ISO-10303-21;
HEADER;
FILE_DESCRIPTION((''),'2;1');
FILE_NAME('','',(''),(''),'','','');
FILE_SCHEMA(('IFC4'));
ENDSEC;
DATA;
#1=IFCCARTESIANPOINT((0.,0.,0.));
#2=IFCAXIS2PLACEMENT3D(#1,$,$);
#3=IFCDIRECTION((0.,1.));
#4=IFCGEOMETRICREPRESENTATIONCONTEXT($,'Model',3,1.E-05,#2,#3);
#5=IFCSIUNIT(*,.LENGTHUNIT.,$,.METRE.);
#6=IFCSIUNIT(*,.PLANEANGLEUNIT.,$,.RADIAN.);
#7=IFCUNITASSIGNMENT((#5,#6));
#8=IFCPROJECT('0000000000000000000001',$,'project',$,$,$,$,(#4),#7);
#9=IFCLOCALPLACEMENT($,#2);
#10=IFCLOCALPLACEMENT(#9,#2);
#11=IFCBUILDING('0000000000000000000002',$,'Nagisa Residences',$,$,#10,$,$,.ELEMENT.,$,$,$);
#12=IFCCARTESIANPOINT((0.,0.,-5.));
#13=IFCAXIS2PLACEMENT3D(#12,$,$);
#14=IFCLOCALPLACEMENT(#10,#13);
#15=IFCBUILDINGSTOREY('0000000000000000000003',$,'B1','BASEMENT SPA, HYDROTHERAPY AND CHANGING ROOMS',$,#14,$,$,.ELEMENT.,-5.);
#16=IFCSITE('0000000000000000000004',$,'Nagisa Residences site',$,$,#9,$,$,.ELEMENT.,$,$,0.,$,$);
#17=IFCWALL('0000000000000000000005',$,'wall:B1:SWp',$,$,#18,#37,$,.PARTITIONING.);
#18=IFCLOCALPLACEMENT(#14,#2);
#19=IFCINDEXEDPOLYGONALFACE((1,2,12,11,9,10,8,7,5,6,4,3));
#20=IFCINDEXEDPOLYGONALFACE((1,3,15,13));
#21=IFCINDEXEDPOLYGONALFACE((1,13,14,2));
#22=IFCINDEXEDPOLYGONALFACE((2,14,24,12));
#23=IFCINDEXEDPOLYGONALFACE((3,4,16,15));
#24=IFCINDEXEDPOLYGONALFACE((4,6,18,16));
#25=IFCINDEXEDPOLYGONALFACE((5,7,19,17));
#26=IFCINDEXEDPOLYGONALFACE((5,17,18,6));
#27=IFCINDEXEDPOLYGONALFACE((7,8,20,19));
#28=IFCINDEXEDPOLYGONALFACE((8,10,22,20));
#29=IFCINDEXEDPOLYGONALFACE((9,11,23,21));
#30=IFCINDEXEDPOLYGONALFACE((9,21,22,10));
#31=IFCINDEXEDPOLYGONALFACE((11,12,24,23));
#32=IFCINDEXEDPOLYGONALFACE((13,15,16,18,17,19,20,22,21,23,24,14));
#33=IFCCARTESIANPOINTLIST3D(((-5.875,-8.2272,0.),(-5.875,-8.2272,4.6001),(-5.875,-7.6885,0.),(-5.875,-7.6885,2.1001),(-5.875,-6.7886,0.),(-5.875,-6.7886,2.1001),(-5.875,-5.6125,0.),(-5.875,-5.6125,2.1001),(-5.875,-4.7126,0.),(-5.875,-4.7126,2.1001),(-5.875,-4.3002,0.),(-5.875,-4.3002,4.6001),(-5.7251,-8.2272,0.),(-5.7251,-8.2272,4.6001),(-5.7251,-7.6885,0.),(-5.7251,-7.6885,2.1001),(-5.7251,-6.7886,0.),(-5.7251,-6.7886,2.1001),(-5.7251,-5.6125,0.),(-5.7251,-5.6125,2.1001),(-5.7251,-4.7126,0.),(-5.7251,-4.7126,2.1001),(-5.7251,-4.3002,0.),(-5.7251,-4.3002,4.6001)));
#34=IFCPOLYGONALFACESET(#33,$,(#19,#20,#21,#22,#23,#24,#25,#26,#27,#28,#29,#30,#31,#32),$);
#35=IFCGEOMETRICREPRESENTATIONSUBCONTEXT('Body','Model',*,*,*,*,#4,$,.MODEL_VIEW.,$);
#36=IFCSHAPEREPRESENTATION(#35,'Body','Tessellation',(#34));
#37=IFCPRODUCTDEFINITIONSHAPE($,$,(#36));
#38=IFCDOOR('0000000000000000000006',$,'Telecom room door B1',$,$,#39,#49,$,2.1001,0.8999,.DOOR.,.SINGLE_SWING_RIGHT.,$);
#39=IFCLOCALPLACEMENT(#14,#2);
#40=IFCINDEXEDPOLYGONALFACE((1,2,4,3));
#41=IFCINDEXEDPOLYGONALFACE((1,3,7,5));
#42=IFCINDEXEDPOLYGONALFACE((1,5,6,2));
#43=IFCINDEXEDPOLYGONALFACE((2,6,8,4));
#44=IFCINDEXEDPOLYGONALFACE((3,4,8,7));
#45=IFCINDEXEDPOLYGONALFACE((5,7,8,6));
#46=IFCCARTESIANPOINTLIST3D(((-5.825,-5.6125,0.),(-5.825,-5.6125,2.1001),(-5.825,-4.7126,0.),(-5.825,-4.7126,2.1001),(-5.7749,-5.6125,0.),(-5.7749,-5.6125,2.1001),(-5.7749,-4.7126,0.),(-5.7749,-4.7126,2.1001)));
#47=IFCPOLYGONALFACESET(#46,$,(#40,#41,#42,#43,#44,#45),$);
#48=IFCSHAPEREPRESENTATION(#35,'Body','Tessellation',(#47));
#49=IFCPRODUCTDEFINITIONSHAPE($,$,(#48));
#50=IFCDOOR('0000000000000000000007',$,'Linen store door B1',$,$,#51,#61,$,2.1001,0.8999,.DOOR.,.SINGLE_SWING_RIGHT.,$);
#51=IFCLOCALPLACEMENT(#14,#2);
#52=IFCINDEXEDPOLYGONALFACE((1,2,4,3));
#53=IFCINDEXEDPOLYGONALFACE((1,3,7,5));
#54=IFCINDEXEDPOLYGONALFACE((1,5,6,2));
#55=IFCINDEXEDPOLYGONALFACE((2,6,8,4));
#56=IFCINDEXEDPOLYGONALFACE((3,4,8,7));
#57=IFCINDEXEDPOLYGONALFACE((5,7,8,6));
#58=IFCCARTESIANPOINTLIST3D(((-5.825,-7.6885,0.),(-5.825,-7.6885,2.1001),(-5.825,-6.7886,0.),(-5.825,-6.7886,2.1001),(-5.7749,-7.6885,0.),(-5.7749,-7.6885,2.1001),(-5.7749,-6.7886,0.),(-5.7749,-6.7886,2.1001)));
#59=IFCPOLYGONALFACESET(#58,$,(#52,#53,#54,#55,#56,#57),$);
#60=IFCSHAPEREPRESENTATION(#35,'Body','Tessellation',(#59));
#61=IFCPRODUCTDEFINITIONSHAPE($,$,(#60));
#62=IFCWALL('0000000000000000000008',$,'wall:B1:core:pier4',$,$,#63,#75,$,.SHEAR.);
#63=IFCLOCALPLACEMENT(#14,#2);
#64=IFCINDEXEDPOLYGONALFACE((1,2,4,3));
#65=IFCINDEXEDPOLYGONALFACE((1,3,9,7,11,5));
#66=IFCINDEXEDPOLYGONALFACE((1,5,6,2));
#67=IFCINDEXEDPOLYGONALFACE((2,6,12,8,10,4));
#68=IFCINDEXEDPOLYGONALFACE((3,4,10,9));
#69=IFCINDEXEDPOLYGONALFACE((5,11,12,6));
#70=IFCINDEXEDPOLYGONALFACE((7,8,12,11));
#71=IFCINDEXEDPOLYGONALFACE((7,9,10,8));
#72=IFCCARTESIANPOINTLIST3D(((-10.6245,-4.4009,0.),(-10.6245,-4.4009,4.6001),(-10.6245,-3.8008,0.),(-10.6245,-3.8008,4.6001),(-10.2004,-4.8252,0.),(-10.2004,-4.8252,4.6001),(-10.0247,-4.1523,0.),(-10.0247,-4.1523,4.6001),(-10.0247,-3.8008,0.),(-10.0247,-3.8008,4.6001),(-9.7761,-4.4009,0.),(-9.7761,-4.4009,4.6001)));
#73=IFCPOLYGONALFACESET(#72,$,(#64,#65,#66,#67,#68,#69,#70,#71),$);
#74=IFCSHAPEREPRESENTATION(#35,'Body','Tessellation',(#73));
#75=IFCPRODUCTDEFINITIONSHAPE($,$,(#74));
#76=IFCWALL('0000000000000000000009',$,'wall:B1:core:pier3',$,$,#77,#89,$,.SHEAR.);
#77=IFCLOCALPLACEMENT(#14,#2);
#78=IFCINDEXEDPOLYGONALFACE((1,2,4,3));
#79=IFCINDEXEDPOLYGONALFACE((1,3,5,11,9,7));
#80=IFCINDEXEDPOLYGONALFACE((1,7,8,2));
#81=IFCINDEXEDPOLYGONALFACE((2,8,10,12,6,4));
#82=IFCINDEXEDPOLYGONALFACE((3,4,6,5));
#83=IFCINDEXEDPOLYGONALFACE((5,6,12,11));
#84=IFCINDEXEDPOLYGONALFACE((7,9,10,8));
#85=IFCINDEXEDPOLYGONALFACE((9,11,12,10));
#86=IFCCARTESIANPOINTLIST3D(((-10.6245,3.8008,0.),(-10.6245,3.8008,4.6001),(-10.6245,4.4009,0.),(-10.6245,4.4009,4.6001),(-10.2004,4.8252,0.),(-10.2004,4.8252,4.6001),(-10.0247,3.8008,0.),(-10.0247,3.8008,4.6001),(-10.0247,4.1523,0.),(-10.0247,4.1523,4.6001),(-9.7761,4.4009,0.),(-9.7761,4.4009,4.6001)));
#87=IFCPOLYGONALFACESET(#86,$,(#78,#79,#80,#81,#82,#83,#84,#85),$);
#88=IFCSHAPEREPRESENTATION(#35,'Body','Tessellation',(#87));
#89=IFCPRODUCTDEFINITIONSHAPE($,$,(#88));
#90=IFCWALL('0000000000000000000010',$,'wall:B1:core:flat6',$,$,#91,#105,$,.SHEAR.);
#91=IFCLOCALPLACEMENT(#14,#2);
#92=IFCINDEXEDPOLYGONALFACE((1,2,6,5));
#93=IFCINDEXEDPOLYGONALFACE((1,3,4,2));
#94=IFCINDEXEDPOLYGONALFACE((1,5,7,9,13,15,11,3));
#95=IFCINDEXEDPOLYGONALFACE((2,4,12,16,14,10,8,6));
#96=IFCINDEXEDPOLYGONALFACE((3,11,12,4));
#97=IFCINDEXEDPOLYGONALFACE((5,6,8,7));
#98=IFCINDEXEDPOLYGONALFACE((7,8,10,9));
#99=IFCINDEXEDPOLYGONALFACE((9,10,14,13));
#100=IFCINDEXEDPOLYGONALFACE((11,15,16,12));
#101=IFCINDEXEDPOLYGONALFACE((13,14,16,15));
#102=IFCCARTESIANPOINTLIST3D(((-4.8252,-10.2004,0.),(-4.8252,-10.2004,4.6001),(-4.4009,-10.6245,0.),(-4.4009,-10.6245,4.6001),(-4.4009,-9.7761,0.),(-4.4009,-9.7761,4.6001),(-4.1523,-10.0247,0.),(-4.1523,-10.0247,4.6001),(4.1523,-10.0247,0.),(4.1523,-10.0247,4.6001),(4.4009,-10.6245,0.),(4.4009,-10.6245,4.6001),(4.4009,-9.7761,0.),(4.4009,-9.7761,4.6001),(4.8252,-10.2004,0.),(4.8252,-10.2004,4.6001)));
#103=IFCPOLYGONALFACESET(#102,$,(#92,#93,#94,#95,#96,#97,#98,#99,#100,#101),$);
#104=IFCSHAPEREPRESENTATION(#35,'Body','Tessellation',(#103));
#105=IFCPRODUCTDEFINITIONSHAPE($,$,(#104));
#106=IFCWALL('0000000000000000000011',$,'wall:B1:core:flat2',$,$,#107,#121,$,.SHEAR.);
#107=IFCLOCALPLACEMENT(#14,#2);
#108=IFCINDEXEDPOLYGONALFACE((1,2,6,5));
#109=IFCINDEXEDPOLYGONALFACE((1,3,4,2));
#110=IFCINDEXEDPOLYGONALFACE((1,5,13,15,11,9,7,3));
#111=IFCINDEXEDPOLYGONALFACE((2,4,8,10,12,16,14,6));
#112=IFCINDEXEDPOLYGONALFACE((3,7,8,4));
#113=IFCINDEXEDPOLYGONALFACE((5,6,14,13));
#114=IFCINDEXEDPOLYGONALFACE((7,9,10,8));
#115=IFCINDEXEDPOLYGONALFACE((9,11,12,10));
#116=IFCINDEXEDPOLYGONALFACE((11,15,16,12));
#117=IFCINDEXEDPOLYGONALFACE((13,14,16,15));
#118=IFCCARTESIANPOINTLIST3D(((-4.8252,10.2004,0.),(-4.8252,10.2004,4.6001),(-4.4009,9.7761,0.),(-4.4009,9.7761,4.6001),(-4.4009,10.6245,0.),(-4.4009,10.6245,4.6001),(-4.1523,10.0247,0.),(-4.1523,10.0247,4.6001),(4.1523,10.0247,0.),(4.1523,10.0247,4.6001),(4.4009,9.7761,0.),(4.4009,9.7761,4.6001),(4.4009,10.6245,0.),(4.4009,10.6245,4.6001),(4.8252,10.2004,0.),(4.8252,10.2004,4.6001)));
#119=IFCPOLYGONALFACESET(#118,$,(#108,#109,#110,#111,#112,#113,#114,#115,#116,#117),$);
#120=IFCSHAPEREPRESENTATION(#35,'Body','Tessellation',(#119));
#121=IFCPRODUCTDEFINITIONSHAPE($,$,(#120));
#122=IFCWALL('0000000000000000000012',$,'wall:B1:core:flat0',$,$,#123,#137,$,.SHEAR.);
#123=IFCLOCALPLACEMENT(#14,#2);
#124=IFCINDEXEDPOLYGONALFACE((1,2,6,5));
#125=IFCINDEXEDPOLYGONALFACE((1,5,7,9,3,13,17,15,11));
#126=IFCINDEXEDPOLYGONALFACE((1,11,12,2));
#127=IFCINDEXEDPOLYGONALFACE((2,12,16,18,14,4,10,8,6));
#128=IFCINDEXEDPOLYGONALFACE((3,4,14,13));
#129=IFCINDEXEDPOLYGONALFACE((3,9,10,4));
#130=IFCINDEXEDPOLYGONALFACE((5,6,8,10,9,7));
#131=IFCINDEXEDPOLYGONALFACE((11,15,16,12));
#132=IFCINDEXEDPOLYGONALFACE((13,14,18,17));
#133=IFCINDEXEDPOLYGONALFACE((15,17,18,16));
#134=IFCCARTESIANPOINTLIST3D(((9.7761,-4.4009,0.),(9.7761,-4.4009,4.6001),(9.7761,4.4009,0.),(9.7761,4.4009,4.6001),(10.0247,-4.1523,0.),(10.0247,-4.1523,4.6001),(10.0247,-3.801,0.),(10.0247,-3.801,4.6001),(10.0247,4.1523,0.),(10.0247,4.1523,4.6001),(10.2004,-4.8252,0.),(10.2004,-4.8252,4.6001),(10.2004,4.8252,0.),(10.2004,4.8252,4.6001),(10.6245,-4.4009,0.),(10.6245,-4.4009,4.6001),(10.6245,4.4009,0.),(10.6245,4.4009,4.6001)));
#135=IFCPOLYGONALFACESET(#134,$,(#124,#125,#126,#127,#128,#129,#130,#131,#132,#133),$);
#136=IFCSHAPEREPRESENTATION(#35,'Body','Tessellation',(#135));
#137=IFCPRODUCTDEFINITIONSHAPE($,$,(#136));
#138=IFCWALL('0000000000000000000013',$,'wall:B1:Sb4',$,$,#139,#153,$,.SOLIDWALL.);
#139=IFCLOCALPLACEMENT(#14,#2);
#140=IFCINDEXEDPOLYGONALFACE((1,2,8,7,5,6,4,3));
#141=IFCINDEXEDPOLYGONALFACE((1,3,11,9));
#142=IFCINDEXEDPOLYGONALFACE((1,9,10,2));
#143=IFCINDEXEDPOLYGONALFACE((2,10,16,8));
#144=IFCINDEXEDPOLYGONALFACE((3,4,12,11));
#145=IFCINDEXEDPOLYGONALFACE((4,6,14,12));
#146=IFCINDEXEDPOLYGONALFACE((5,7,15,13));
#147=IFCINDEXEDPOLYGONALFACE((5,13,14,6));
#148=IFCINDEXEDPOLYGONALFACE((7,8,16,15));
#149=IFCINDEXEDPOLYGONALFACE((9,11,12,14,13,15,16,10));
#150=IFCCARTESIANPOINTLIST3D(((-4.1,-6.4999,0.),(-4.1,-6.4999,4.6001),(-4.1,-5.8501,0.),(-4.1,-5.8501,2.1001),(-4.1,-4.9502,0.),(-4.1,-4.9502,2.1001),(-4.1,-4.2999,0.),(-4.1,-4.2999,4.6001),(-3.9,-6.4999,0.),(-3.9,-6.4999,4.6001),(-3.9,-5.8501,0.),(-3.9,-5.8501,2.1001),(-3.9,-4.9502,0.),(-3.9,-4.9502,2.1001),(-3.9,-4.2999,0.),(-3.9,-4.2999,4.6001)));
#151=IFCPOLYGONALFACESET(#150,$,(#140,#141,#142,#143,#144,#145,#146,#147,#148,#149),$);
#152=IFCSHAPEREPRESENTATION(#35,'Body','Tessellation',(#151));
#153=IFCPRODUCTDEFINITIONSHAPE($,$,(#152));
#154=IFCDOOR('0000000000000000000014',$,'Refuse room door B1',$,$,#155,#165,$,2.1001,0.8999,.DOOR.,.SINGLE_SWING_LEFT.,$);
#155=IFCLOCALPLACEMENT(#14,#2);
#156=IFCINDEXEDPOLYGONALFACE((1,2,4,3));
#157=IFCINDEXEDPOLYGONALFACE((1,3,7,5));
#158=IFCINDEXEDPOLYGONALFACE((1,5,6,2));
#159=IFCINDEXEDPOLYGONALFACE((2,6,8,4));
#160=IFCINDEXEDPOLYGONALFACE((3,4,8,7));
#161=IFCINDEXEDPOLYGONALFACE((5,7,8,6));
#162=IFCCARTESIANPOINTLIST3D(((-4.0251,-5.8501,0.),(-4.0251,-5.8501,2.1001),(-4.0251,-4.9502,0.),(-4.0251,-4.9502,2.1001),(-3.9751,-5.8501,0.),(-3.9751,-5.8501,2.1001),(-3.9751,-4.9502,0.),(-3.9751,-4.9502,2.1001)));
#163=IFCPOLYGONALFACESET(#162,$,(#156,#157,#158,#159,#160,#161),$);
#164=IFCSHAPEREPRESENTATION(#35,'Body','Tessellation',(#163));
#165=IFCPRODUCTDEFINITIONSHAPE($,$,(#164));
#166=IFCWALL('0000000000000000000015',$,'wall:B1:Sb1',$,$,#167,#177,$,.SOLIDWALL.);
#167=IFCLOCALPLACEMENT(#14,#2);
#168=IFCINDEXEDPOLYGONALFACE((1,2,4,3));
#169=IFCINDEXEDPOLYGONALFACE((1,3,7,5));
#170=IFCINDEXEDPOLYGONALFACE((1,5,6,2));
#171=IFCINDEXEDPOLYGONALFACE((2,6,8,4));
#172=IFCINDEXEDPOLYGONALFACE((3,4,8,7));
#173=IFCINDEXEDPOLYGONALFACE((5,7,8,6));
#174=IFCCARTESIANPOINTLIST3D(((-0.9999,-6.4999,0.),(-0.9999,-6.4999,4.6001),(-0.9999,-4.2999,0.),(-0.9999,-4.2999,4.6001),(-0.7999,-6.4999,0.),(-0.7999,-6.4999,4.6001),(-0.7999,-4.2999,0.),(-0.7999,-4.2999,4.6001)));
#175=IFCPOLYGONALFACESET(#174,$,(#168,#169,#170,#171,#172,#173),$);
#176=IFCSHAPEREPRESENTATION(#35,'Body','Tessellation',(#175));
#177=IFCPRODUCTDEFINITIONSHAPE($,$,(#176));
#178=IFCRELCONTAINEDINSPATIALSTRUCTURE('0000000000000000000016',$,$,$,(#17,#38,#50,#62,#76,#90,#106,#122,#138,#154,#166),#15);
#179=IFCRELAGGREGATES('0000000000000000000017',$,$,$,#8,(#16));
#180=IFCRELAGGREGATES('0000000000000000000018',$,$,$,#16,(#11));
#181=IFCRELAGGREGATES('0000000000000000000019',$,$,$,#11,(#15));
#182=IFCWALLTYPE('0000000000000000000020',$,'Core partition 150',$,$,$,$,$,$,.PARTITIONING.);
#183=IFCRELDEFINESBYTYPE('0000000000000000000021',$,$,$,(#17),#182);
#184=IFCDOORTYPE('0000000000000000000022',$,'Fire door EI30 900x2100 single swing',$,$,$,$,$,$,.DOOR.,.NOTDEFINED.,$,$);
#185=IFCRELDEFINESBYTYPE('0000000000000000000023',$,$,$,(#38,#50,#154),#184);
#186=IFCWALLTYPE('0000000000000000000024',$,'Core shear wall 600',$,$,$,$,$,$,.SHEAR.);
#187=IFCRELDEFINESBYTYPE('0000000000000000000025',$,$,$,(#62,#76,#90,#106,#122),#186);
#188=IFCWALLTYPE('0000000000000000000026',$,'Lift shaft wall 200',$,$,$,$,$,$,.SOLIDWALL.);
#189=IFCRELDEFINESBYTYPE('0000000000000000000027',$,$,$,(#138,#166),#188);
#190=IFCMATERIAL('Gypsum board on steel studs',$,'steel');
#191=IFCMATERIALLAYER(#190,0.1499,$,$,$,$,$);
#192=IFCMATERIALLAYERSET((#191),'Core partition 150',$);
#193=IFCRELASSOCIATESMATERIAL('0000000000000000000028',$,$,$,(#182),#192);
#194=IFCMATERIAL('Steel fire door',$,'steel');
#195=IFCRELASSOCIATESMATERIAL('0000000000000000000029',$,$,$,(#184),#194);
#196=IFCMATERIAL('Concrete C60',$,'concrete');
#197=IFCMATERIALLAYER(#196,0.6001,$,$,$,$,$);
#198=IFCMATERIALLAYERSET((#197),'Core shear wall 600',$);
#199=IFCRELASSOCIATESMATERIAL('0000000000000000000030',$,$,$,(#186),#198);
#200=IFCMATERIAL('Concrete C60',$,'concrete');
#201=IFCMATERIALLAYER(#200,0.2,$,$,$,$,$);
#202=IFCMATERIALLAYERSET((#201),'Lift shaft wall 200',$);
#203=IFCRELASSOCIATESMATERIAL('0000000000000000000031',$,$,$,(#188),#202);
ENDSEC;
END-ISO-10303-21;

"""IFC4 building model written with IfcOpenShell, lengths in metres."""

from ifc_helpers import new_model, si_unit, direction, frame, frame_2d, origin, place, context, subcontext, project, spatial, polyline, rectangle, outline, extrude, material, layer, layer_set, type_object, element, fill, save


model = new_model("IFC4")

# Units and contexts
model_context = context("Model", 3, precision=1e-05, world=origin(), true_north=direction((0.0, 1.0)))
body_context = subcontext(model_context, "Body", "Model", "MODEL_VIEW")
ifc_project = project(units=[si_unit("LENGTHUNIT", "METRE"), si_unit("PLANEANGLEUNIT", "RADIAN")], contexts=[model_context])

# Site, building, storey
site_placement = place(None, origin())
site = spatial("IfcSite", under=ifc_project, at=site_placement, Name="Nagisa Residences site", CompositionType="ELEMENT", RefElevation=0.0)
building_placement = place(site_placement, origin())
building = spatial("IfcBuilding", under=site, at=building_placement, Name="Nagisa Residences", CompositionType="ELEMENT")
storey_placement = place(building_placement, frame((0.0, 0.0, -5.0)))
storey = spatial("IfcBuildingStorey", under=building, at=storey_placement, Name="B1", Description="BASEMENT SPA, HYDROTHERAPY AND CHANGING ROOMS", CompositionType="ELEMENT", Elevation=-5.0)

# Wall, openings, doors
ifc_material_1 = material(Name="Gypsum board on steel studs", Category="steel")
ifc_layer_1 = layer(ifc_material_1, 0.1499)
ifc_layer_set_1 = layer_set([ifc_layer_1], Name="Core partition 150")
wall_type_1 = type_object("IfcWallType", Name="Core partition 150", PredefinedType="PARTITIONING", material=ifc_layer_set_1)
wall_1_placement = place(storey_placement, frame((-5.8, -8.2271, 0.0), z_axis=(0.0, 0.0, 1.0), x_axis=(0.0, 1.0, 0.0)))
wall_1 = element("IfcWall", 1, at=wall_1_placement, inside=storey, type_object=wall_type_1, Name="wall:B1:SWp", PredefinedType="PARTITIONING", context=body_context, shape_type="SweptSolid", body=[
    extrude(rectangle(XDim=3.927, YDim=0.1499, at=frame_2d((1.9634, 0.0))), origin(), (0.0, 0.0, 1.0), 4.6001),
])
opening_1_placement = place(wall_1_placement, frame((2.6145, 0.0, 0.0)))
opening_1 = element("IfcOpeningElement", 2, at=opening_1_placement, cuts=wall_1, PredefinedType="OPENING", context=body_context, shape_type="SweptSolid", body=[
    extrude(rectangle(XDim=0.8999, YDim=2.1001, at=frame_2d((0.45, 1.05))), frame((0.0, 0.085, 0.0), z_axis=(0.0, -1.0, 0.0), x_axis=(1.0, 0.0, 0.0)), (0.0, 0.0, 1.0), 0.1699),
])
opening_2_placement = place(wall_1_placement, frame((0.5386, 0.0, 0.0)))
opening_2 = element("IfcOpeningElement", 3, at=opening_2_placement, cuts=wall_1, PredefinedType="OPENING", context=body_context, shape_type="SweptSolid", body=[
    extrude(rectangle(XDim=0.8999, YDim=2.1001, at=frame_2d((0.45, 1.05))), frame((0.0, 0.085, 0.0), z_axis=(0.0, -1.0, 0.0), x_axis=(1.0, 0.0, 0.0)), (0.0, 0.0, 1.0), 0.1699),
])
ifc_material_2 = material(Name="Steel fire door", Category="steel")
door_type = type_object("IfcDoorType", Name="Fire door EI30 900x2100 single swing", OperationType="NOTDEFINED", PredefinedType="DOOR", material=ifc_material_2)
door_1_placement = place(opening_1_placement, origin())
door_1 = element("IfcDoor", 4, at=door_1_placement, inside=storey, type_object=door_type, Name="Telecom room door B1", OperationType="SINGLE_SWING_RIGHT", OverallHeight=2.1001, OverallWidth=0.8999, PredefinedType="DOOR", context=body_context, shape_type="SweptSolid", body=[
    extrude(rectangle(XDim=0.8999, YDim=2.1001, at=frame_2d((0.45, 1.05))), frame((0.0, 0.0249, 0.0), z_axis=(0.0, -1.0, 0.0), x_axis=(1.0, 0.0, 0.0)), (0.0, 0.0, 1.0), 0.05),
])
fill(opening_1, door_1)
door_2_placement = place(opening_2_placement, origin())
door_2 = element("IfcDoor", 5, at=door_2_placement, inside=storey, type_object=door_type, Name="Linen store door B1", OperationType="SINGLE_SWING_RIGHT", OverallHeight=2.1001, OverallWidth=0.8999, PredefinedType="DOOR", context=body_context, shape_type="SweptSolid", body=[
    extrude(rectangle(XDim=0.8999, YDim=2.1001, at=frame_2d((0.45, 1.05))), frame((0.0, 0.0249, 0.0), z_axis=(0.0, -1.0, 0.0), x_axis=(1.0, 0.0, 0.0)), (0.0, 0.0, 1.0), 0.05),
])
fill(opening_2, door_2)

# Walls
ifc_material_3 = material(Name="Concrete C60", Category="concrete")
ifc_layer_2 = layer(ifc_material_3, 0.6001)
ifc_layer_set_2 = layer_set([ifc_layer_2], Name="Core shear wall 600")
wall_type_2 = type_object("IfcWallType", Name="Core shear wall 600", PredefinedType="SHEAR", material=ifc_layer_set_2)
wall_2_placement = place(storey_placement, origin())
element("IfcWall", 6, at=wall_2_placement, inside=storey, type_object=wall_type_2, Name="wall:B1:core:pier4", PredefinedType="SHEAR", context=body_context, shape_type="SweptSolid", body=[
    extrude(outline(polyline([(-10.6245, -3.8008), (-10.0247, -3.8008), (-10.0247, -4.1523), (-9.7761, -4.4009), (-10.2004, -4.8252), (-10.6245, -4.4009), (-10.6245, -3.8008)])), origin(), (0.0, 0.0, 1.0), 4.6001),
])
wall_3_placement = place(storey_placement, origin())
element("IfcWall", 7, at=wall_3_placement, inside=storey, type_object=wall_type_2, Name="wall:B1:core:pier3", PredefinedType="SHEAR", context=body_context, shape_type="SweptSolid", body=[
    extrude(outline(polyline([(-10.2004, 4.8252), (-9.7761, 4.4009), (-10.0247, 4.1523), (-10.0247, 3.8008), (-10.6245, 3.8008), (-10.6245, 4.4009), (-10.2004, 4.8252)])), origin(), (0.0, 0.0, 1.0), 4.6001),
])
wall_4_placement = place(storey_placement, origin())
element("IfcWall", 8, at=wall_4_placement, inside=storey, type_object=wall_type_2, Name="wall:B1:core:flat6", PredefinedType="SHEAR", context=body_context, shape_type="SweptSolid", body=[
    extrude(outline(polyline([(-4.1523, -10.0247), (4.1523, -10.0247), (4.4009, -9.7761), (4.8252, -10.2004), (4.4009, -10.6245), (-4.4009, -10.6245), (-4.8252, -10.2004), (-4.4009, -9.7761), (-4.1523, -10.0247)])), origin(), (0.0, 0.0, 1.0), 4.6001),
])
wall_5_placement = place(storey_placement, origin())
element("IfcWall", 9, at=wall_5_placement, inside=storey, type_object=wall_type_2, Name="wall:B1:core:flat2", PredefinedType="SHEAR", context=body_context, shape_type="SweptSolid", body=[
    extrude(outline(polyline([(-4.1523, 10.0247), (-4.4009, 9.7761), (-4.8252, 10.2004), (-4.4009, 10.6245), (4.4009, 10.6245), (4.8252, 10.2004), (4.4009, 9.7761), (4.1523, 10.0247), (-4.1523, 10.0247)])), origin(), (0.0, 0.0, 1.0), 4.6001),
])
wall_6_placement = place(storey_placement, origin())
element("IfcWall", 10, at=wall_6_placement, inside=storey, type_object=wall_type_2, Name="wall:B1:core:flat0", PredefinedType="SHEAR", context=body_context, shape_type="SweptSolid", body=[
    extrude(outline(polyline([(9.7761, -4.4009), (10.0247, -4.1523), (10.0247, -3.801), (10.0247, 4.1523), (9.7761, 4.4009), (10.2004, 4.8252), (10.6245, 4.4009), (10.6245, -4.4009), (10.2004, -4.8252), (9.7761, -4.4009)])), origin(), (0.0, 0.0, 1.0), 4.6001),
])

# Wall, opening, door
ifc_material_4 = material(Name="Concrete C60", Category="concrete")
ifc_layer_3 = layer(ifc_material_4, 0.2)
ifc_layer_set_3 = layer_set([ifc_layer_3], Name="Lift shaft wall 200")
wall_type_3 = type_object("IfcWallType", Name="Lift shaft wall 200", PredefinedType="SOLIDWALL", material=ifc_layer_set_3)
wall_7_placement = place(storey_placement, frame((-4.0, -6.5, 0.0), z_axis=(0.0, 0.0, 1.0), x_axis=(0.0, 1.0, 0.0)))
wall_7 = element("IfcWall", 11, at=wall_7_placement, inside=storey, type_object=wall_type_3, Name="wall:B1:Sb4", PredefinedType="SOLIDWALL", context=body_context, shape_type="SweptSolid", body=[
    extrude(rectangle(XDim=2.2, YDim=0.2, at=frame_2d((1.1001, 0.0))), origin(), (0.0, 0.0, 1.0), 4.6001),
])
opening_3_placement = place(wall_7_placement, frame((0.6499, 0.0, 0.0)))
opening_3 = element("IfcOpeningElement", 12, at=opening_3_placement, cuts=wall_7, PredefinedType="OPENING", context=body_context, shape_type="SweptSolid", body=[
    extrude(rectangle(XDim=0.8999, YDim=2.1001, at=frame_2d((0.45, 1.05))), frame((0.0, 0.1099, 0.0), z_axis=(0.0, -1.0, 0.0), x_axis=(1.0, 0.0, 0.0)), (0.0, 0.0, 1.0), 0.22),
])
door_3_placement = place(opening_3_placement, frame((0.8999, 0.0, 0.0), x_axis=(-1.0, 0.0, 0.0)))
door_3 = element("IfcDoor", 13, at=door_3_placement, inside=storey, type_object=door_type, Name="Refuse room door B1", OperationType="SINGLE_SWING_LEFT", OverallHeight=2.1001, OverallWidth=0.8999, PredefinedType="DOOR", context=body_context, shape_type="SweptSolid", body=[
    extrude(rectangle(XDim=0.8999, YDim=2.1001, at=frame_2d((0.45, 1.05))), frame((0.0, 0.0249, 0.0), z_axis=(0.0, -1.0, 0.0), x_axis=(1.0, 0.0, 0.0)), (0.0, 0.0, 1.0), 0.05),
])
fill(opening_3, door_3)

# Wall
wall_8_placement = place(storey_placement, frame((-0.8999, -6.5, 0.0), z_axis=(0.0, 0.0, 1.0), x_axis=(0.0, 1.0, 0.0)))
element("IfcWall", 14, at=wall_8_placement, inside=storey, type_object=wall_type_3, Name="wall:B1:Sb1", PredefinedType="SOLIDWALL", context=body_context, shape_type="SweptSolid", body=[
    extrude(rectangle(XDim=2.2, YDim=0.2, at=frame_2d((1.1001, 0.0))), origin(), (0.0, 0.0, 1.0), 4.6001),
])

save(model, "model.ifc")
